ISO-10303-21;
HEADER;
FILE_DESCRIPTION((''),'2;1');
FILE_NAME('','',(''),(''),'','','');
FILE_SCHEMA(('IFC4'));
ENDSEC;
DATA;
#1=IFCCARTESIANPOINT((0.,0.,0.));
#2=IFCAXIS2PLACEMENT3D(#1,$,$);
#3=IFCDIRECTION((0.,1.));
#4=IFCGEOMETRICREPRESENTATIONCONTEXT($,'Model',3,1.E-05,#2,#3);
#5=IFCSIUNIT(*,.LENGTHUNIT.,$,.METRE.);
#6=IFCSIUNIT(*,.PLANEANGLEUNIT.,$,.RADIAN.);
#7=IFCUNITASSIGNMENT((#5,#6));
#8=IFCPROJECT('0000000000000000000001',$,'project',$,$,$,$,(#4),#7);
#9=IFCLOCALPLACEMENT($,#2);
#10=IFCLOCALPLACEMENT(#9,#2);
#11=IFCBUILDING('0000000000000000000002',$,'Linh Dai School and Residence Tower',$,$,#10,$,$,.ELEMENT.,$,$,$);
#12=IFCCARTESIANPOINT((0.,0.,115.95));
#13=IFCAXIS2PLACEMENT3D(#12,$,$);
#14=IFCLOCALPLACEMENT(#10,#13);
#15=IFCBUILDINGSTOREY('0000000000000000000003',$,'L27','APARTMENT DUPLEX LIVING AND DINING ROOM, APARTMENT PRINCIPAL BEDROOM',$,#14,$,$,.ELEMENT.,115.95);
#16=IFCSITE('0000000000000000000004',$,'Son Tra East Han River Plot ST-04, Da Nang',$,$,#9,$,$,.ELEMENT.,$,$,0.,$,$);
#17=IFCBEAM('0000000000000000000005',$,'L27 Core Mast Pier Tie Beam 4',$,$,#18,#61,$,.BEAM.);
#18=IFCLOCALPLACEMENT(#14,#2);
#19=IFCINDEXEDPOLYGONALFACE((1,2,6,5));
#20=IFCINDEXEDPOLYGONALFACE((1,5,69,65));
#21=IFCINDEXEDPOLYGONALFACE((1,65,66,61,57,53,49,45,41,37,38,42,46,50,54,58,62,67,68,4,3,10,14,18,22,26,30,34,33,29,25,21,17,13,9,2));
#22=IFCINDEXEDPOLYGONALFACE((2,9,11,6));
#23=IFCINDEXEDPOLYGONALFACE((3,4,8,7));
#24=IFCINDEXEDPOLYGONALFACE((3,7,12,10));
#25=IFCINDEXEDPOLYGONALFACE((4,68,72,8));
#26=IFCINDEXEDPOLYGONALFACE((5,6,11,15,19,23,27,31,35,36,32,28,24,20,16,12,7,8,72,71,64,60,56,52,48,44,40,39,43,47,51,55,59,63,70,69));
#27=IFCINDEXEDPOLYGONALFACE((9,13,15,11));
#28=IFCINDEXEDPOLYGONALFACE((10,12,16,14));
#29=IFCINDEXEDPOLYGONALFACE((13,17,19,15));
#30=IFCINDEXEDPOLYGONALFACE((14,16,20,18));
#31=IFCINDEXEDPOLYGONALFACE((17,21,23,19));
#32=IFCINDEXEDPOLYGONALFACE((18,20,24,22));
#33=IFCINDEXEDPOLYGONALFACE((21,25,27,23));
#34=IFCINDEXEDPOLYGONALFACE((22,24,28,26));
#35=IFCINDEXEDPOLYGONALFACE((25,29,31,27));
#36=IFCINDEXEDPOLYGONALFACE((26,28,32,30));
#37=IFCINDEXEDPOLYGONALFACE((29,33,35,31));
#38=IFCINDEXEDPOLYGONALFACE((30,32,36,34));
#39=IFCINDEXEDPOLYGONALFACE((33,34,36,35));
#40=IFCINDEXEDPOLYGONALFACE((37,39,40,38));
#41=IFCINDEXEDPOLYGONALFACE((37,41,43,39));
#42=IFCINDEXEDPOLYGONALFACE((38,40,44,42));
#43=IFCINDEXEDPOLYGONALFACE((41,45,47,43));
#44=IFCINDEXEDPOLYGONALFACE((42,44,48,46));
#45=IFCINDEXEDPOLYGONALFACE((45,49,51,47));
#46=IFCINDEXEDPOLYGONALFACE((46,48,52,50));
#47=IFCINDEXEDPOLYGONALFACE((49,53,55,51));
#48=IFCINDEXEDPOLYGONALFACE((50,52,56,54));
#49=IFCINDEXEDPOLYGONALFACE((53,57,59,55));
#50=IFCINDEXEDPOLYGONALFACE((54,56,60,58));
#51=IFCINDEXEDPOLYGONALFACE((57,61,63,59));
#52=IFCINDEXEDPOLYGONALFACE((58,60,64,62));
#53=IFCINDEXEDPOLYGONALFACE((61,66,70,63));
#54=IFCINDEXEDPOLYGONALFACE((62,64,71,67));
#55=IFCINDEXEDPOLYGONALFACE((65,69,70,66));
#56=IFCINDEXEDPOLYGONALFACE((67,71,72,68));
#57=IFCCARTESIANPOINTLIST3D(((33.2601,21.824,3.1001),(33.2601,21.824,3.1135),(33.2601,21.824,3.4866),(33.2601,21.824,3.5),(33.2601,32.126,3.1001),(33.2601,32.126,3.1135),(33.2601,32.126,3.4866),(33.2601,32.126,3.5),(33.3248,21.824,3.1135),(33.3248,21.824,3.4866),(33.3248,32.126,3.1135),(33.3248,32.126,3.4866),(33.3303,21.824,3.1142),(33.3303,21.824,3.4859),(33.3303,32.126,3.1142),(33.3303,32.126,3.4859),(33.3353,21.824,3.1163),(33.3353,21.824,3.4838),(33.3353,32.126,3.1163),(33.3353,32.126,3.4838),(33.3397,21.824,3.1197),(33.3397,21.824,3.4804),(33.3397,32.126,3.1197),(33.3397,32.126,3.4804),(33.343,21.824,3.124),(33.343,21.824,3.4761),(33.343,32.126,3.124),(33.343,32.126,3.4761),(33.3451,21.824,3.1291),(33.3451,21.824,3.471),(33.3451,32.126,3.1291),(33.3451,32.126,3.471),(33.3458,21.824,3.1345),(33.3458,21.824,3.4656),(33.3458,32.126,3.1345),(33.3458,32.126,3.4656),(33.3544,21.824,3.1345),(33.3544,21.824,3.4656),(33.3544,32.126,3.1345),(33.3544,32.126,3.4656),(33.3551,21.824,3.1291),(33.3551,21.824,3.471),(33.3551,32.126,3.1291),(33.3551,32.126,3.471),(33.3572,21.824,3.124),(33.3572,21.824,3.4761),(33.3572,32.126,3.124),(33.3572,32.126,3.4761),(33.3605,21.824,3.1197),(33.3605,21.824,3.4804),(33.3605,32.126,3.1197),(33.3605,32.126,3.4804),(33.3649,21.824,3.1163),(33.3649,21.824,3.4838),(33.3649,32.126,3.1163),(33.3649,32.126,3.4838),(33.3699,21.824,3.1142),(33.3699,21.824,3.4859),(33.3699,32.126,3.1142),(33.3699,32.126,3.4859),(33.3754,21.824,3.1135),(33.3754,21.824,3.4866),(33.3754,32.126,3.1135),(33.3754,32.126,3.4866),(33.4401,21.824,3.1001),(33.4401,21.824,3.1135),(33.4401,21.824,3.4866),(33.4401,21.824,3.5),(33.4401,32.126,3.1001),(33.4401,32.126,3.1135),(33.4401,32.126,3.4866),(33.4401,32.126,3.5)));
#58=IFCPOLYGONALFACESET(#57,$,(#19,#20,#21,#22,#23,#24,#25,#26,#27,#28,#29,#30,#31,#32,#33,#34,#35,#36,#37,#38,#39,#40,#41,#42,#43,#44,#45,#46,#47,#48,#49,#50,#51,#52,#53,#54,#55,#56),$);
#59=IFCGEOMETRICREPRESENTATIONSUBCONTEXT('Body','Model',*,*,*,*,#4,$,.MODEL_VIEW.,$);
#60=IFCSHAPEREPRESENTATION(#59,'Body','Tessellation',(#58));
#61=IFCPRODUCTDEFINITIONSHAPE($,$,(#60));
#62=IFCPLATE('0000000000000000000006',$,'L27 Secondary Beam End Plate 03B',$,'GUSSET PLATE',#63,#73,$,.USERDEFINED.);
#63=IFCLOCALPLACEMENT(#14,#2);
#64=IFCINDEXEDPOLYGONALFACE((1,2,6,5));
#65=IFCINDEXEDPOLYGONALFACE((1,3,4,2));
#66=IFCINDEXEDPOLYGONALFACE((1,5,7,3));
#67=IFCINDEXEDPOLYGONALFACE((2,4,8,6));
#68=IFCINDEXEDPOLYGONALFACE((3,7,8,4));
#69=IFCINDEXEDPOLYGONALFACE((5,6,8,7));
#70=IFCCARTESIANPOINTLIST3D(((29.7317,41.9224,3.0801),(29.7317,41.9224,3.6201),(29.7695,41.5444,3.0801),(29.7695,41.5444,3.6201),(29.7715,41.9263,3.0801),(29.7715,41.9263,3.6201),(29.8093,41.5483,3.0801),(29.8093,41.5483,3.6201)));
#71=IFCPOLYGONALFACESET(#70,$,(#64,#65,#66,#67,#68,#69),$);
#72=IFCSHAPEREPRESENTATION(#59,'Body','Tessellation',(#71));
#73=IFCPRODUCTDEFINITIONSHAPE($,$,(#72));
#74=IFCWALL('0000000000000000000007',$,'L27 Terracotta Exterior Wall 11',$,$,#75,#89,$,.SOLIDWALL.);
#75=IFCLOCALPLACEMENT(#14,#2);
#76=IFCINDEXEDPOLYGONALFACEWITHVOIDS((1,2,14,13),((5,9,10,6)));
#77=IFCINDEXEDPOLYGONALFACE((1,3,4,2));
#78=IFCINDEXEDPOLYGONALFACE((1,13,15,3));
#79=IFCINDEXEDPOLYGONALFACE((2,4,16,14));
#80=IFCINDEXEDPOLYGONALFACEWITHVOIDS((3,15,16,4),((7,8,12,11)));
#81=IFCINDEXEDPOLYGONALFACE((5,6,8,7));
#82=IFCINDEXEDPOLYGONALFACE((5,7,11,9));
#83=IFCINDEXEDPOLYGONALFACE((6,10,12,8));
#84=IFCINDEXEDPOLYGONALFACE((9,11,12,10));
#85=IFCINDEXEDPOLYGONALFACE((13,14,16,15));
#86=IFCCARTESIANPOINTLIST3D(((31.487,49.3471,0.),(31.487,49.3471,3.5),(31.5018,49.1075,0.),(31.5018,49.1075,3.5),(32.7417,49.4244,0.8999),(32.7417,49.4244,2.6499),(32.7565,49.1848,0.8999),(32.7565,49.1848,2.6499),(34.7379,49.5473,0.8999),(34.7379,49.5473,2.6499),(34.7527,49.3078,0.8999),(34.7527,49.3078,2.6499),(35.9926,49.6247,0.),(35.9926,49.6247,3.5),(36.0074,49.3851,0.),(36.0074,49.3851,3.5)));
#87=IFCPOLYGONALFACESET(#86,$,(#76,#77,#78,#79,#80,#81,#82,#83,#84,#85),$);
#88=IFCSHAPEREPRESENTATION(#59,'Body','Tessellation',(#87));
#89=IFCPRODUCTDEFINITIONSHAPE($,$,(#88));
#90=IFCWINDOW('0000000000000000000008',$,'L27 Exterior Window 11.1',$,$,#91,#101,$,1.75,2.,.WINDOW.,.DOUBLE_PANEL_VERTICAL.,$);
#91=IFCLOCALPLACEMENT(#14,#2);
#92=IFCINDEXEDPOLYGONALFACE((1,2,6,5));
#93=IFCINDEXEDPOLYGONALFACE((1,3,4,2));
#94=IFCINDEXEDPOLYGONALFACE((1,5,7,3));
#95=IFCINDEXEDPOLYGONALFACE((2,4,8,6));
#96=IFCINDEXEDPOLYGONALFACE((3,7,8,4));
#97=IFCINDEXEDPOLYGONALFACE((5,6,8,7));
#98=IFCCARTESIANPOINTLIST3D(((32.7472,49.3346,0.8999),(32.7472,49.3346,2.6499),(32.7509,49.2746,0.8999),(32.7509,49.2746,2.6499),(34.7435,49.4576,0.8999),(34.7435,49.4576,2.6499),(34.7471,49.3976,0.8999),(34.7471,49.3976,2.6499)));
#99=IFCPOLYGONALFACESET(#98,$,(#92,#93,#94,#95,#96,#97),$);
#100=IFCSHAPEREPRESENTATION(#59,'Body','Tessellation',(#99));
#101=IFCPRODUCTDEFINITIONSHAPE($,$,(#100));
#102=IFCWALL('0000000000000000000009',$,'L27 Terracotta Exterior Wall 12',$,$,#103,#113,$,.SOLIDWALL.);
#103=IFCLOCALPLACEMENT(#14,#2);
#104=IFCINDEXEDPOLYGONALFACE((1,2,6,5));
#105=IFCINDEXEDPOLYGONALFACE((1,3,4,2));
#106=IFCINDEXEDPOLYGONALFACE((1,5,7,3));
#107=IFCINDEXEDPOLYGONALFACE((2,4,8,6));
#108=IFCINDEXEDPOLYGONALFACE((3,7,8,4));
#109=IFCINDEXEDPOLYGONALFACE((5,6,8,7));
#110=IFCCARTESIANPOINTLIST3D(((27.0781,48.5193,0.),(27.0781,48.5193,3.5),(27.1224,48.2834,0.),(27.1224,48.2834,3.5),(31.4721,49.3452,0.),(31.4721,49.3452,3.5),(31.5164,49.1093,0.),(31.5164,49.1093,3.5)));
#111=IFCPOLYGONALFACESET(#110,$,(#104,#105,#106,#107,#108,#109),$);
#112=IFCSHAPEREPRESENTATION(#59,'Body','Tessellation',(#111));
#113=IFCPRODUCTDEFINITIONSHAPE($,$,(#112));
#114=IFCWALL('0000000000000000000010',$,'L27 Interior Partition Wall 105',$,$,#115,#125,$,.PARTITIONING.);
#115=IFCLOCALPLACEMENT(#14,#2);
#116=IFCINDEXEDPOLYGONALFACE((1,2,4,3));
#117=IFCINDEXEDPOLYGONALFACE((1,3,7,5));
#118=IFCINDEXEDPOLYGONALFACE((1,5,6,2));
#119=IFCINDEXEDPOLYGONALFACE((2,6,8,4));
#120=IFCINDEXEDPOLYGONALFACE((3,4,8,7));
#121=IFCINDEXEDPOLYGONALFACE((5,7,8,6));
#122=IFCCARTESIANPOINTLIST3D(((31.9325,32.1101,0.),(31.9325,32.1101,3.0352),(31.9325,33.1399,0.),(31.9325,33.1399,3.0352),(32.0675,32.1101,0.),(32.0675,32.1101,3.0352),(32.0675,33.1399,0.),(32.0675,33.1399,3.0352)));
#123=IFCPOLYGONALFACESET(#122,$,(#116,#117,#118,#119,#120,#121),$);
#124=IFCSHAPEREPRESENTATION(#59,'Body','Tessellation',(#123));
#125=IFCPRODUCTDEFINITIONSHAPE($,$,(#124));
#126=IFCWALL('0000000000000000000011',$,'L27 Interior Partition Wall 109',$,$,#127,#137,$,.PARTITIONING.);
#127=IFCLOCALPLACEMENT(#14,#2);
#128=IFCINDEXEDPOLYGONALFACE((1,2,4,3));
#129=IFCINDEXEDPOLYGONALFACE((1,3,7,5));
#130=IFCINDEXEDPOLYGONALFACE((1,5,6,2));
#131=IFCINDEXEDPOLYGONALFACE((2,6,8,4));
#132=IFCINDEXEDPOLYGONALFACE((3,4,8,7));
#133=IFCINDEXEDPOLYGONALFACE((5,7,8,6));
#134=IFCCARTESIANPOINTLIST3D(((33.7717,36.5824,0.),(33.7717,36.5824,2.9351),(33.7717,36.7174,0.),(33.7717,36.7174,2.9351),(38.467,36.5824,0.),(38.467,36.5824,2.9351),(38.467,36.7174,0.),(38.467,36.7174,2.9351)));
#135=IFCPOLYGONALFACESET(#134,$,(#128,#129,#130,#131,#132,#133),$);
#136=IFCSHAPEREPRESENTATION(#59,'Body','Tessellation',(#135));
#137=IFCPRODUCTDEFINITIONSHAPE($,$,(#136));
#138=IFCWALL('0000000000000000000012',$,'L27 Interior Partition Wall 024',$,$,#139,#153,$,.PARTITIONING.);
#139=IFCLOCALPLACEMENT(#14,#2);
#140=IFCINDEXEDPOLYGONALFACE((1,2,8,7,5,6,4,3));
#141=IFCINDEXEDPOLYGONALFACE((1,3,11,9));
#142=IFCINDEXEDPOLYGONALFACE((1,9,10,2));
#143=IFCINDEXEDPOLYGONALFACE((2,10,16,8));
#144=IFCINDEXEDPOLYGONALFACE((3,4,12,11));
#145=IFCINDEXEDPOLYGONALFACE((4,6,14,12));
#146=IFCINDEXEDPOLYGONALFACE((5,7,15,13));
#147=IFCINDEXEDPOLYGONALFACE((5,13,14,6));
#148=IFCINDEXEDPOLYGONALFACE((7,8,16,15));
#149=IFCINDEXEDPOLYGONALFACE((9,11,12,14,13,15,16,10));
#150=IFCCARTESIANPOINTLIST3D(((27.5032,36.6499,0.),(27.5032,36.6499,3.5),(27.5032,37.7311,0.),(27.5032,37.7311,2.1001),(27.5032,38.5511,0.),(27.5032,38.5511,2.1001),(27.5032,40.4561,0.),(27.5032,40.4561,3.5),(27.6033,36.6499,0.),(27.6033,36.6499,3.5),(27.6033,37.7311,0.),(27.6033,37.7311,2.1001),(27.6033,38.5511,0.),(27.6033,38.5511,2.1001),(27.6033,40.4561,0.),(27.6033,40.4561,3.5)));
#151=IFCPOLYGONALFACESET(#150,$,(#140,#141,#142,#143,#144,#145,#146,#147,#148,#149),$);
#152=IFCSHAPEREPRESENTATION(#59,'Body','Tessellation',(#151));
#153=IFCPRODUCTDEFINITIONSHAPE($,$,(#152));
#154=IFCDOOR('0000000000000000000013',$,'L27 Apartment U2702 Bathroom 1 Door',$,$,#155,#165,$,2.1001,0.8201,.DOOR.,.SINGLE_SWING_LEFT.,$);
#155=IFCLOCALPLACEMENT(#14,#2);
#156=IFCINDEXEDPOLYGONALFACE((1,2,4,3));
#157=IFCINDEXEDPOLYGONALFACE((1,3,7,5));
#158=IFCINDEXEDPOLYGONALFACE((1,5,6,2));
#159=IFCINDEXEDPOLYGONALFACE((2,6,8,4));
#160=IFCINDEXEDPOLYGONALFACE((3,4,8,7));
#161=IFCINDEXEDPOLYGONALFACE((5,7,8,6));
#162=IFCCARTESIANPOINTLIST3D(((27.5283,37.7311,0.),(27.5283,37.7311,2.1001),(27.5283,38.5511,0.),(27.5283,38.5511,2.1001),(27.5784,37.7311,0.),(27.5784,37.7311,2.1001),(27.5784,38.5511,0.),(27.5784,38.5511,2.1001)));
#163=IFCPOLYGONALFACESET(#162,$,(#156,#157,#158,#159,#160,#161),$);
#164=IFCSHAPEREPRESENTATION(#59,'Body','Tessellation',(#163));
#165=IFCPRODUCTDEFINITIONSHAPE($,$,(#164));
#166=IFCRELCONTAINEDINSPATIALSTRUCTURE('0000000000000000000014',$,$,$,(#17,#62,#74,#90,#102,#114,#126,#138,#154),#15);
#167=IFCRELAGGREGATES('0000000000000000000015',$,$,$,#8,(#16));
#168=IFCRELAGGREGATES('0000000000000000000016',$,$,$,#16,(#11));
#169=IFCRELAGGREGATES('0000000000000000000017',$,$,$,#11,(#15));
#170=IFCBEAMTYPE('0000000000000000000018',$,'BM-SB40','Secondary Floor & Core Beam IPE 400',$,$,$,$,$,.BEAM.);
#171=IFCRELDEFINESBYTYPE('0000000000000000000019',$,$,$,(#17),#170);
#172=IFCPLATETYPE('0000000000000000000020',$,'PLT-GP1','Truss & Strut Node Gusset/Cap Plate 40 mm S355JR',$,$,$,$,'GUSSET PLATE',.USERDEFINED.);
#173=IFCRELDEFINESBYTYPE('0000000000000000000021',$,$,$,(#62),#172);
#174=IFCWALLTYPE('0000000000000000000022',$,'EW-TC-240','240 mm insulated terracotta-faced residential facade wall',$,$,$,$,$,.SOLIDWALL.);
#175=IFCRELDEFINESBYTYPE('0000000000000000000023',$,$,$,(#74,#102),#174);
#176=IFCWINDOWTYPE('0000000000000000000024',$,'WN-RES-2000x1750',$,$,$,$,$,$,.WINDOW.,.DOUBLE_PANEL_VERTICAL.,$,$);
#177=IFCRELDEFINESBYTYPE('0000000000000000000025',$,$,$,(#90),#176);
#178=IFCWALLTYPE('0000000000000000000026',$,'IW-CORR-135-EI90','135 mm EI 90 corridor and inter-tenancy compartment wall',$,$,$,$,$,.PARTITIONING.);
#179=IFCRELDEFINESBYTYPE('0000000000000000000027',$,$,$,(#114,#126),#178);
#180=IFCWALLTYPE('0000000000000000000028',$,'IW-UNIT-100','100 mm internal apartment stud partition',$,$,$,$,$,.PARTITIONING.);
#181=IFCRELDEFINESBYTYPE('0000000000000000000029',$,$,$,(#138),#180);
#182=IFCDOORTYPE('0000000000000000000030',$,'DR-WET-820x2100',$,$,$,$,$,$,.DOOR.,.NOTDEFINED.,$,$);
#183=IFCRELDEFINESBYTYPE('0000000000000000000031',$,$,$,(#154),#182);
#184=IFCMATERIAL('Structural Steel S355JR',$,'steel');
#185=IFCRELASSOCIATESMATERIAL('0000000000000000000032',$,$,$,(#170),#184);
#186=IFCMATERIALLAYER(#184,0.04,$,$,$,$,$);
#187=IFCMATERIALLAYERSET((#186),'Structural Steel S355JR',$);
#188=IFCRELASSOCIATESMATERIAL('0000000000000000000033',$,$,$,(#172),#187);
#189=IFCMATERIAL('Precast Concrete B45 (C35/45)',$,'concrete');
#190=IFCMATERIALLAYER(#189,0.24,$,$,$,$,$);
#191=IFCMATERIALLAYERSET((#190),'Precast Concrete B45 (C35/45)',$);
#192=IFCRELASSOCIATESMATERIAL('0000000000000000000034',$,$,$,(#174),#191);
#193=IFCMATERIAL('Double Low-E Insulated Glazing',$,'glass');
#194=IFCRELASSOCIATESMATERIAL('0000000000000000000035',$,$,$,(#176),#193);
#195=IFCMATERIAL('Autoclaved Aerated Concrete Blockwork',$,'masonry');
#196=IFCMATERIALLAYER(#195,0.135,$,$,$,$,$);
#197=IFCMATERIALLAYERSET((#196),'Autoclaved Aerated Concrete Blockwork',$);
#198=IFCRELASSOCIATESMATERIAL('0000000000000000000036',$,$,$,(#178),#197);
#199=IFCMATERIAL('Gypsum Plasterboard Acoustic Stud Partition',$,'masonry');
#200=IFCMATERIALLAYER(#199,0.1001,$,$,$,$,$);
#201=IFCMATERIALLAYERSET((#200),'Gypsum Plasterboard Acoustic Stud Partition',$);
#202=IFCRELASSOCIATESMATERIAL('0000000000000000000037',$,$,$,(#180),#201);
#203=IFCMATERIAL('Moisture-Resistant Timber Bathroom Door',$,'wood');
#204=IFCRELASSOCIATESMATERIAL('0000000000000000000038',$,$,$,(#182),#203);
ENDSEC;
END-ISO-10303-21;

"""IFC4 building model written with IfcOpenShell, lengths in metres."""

from ifc_helpers import new_model, si_unit, direction, frame, frame_2d, origin, origin_2d, place, context, subcontext, project, spatial, rectangle, i_section, extrude, source, transform, mapped, material, layer, layer_set, material_profile, profile_set, type_object, element, fill, save


model = new_model("IFC4")

# Units and contexts
model_context = context("Model", 3, precision=1e-05, world=origin(), true_north=direction((0.0, 1.0)))
body_context = subcontext(model_context, "Body", "Model", "MODEL_VIEW")
ifc_project = project(units=[si_unit("LENGTHUNIT", "METRE"), si_unit("PLANEANGLEUNIT", "RADIAN")], contexts=[model_context])

# Site, building, storey
site_placement = place(None, origin())
site = spatial("IfcSite", under=ifc_project, at=site_placement, Name="Son Tra East Han River Plot ST-04, Da Nang", CompositionType="ELEMENT", RefElevation=0.0)
building_placement = place(site_placement, origin())
building = spatial("IfcBuilding", under=site, at=building_placement, Name="Linh Dai School and Residence Tower", CompositionType="ELEMENT")
storey_placement = place(building_placement, frame((0.0, 0.0, 115.95)))
storey = spatial("IfcBuildingStorey", under=building, at=storey_placement, Name="L27", Description="APARTMENT DUPLEX LIVING AND DINING ROOM, APARTMENT PRINCIPAL BEDROOM", CompositionType="ELEMENT", Elevation=115.95)

# Shared definitions
ifc_material_1 = material(Name="Structural Steel S355JR", Category="steel")

# Beam
ifc_material_profile_1 = material_profile(ifc_material_1, i_section(OverallWidth=0.1799, OverallDepth=0.3999, WebThickness=0.0085, FlangeThickness=0.0134, FilletRadius=0.021, at=origin_2d()), Name="IPE 400")
ifc_profile_set_1 = profile_set([ifc_material_profile_1], Name="Structural Steel S355JR")
beam_type_1 = type_object("IfcBeamType", Name="BM-SB40", Description="Secondary Floor & Core Beam IPE 400", PredefinedType="BEAM", material=ifc_profile_set_1)
beam_1_placement = place(storey_placement, frame((33.3501, 32.126, 3.3), z_axis=(0.0, -1.0, 0.0), x_axis=(1.0, 0.0, 0.0)))
element("IfcBeam", 1, at=beam_1_placement, inside=storey, type_object=beam_type_1, Name="L27 Core Mast Pier Tie Beam 4", PredefinedType="BEAM", context=body_context, shape_type="SweptSolid", body=[
    extrude(i_section(OverallWidth=0.1799, OverallDepth=0.3999, WebThickness=0.0085, FlangeThickness=0.0134, FilletRadius=0.021, at=origin_2d()), origin(), (0.0, 0.0, 1.0), 10.302),
])

# Plate
ifc_layer_1 = layer(ifc_material_1, 0.04)
ifc_layer_set_1 = layer_set([ifc_layer_1], Name="Structural Steel S355JR")
plate_type = type_object("IfcPlateType", Name="PLT-GP1", Description="Truss & Strut Node Gusset/Cap Plate 40 mm S355JR", ElementType="GUSSET PLATE", PredefinedType="USERDEFINED", material=ifc_layer_set_1)
shared_shape_1 = source(origin(), body_context, "Body", "SweptSolid", [
    extrude(rectangle(XDim=0.04, YDim=0.3799, at=origin_2d()), origin(), (0.0, 0.0, 1.0), 0.54),
])
plate_placement = place(storey_placement, frame((29.7705, 41.7354, 3.0801), z_axis=(0.0, 0.0, 1.0), x_axis=(-0.995042, -0.099458, 0.0)))
element("IfcPlate", 2, at=plate_placement, inside=storey, type_object=plate_type, Name="L27 Secondary Beam End Plate 03B", ObjectType="GUSSET PLATE", PredefinedType="USERDEFINED", context=body_context, shape_type="MappedRepresentation", body=[
    mapped(shared_shape_1, transform((0.0, 0.0, 0.0), x_axis=(1.0, 0.0, 0.0), y_axis=(0.0, 1.0, 0.0), z_axis=(0.0, 0.0, 1.0), scale=1.0)),
])

# Wall, opening, window
ifc_material_2 = material(Name="Precast Concrete B45 (C35/45)", Category="concrete")
ifc_layer_2 = layer(ifc_material_2, 0.24)
ifc_layer_set_2 = layer_set([ifc_layer_2], Name="Precast Concrete B45 (C35/45)")
wall_type_1 = type_object("IfcWallType", Name="EW-TC-240", Description="240 mm insulated terracotta-faced residential facade wall", PredefinedType="SOLIDWALL", material=ifc_layer_set_2)
wall_1_placement = place(storey_placement, frame((31.4944, 49.2273, 0.0), z_axis=(0.0, 0.0, 1.0), x_axis=(0.998108, 0.061493, 0.0)))
wall_1 = element("IfcWall", 3, at=wall_1_placement, inside=storey, type_object=wall_type_1, Name="L27 Terracotta Exterior Wall 11", PredefinedType="SOLIDWALL", context=body_context, shape_type="SweptSolid", body=[
    extrude(rectangle(XDim=4.5142, YDim=0.24, at=frame_2d((2.2571, 0.0))), origin(), (0.0, 0.0, 1.0), 3.5),
])
opening_1_placement = place(wall_1_placement, frame((1.2571, 0.0, 0.8999)))
opening_1 = element("IfcOpeningElement", 4, at=opening_1_placement, cuts=wall_1, PredefinedType="OPENING", context=body_context, shape_type="SweptSolid", body=[
    extrude(rectangle(XDim=2.0, YDim=1.75, at=origin_2d()), frame((1.0, 0.1299, 0.875), z_axis=(0.0, -1.0, 0.0), x_axis=(1.0, 0.0, 0.0)), (0.0, 0.0, 1.0), 0.26),
])
ifc_material_3 = material(Name="Double Low-E Insulated Glazing", Category="glass")
window_type = type_object("IfcWindowType", Name="WN-RES-2000x1750", PartitioningType="DOUBLE_PANEL_VERTICAL", PredefinedType="WINDOW", material=ifc_material_3)
shared_shape_2 = source(origin(), body_context, "Body", "SweptSolid", [
    extrude(rectangle(XDim=2.0, YDim=1.75, at=origin_2d()), frame((1.0, 0.03, 0.875), z_axis=(0.0, -1.0, 0.0), x_axis=(1.0, 0.0, 0.0)), (0.0, 0.0, 1.0), 0.0601),
])
window_placement = place(opening_1_placement, origin())
window = element("IfcWindow", 5, at=window_placement, inside=storey, type_object=window_type, Name="L27 Exterior Window 11.1", OverallHeight=1.75, OverallWidth=2.0, PartitioningType="DOUBLE_PANEL_VERTICAL", PredefinedType="WINDOW", context=body_context, shape_type="MappedRepresentation", body=[
    mapped(shared_shape_2, transform((0.0, 0.0, 0.0), x_axis=(1.0, 0.0, 0.0), y_axis=(0.0, 1.0, 0.0), z_axis=(0.0, 0.0, 1.0), scale=1.0)),
])
fill(opening_1, window)

# Walls
wall_2_placement = place(storey_placement, frame((27.1003, 48.4014, 0.0), z_axis=(0.0, 0.0, 1.0), x_axis=(0.982789, 0.18473, 0.0)))
element("IfcWall", 6, at=wall_2_placement, inside=storey, type_object=wall_type_1, Name="L27 Terracotta Exterior Wall 12", PredefinedType="SOLIDWALL", context=body_context, shape_type="SweptSolid", body=[
    extrude(rectangle(XDim=4.4709, YDim=0.24, at=frame_2d((2.2354, 0.0))), origin(), (0.0, 0.0, 1.0), 3.5),
])
ifc_material_4 = material(Name="Autoclaved Aerated Concrete Blockwork", Category="masonry")
ifc_layer_3 = layer(ifc_material_4, 0.135)
ifc_layer_set_3 = layer_set([ifc_layer_3], Name="Autoclaved Aerated Concrete Blockwork")
wall_type_2 = type_object("IfcWallType", Name="IW-CORR-135-EI90", Description="135 mm EI 90 corridor and inter-tenancy compartment wall", PredefinedType="PARTITIONING", material=ifc_layer_set_3)
wall_3_placement = place(storey_placement, frame((32.0, 33.1399, 0.0), z_axis=(0.0, 0.0, 1.0), x_axis=(0.0, -1.0, 0.0)))
element("IfcWall", 7, at=wall_3_placement, inside=storey, type_object=wall_type_2, Name="L27 Interior Partition Wall 105", PredefinedType="PARTITIONING", context=body_context, shape_type="SweptSolid", body=[
    extrude(rectangle(XDim=1.0298, YDim=0.135, at=frame_2d((0.5149, 0.0))), origin(), (0.0, 0.0, 1.0), 3.0352),
])
wall_4_placement = place(storey_placement, frame((33.7717, 36.6499, 0.0), z_axis=(0.0, 0.0, 1.0), x_axis=(1.0, 0.0, 0.0)))
element("IfcWall", 8, at=wall_4_placement, inside=storey, type_object=wall_type_2, Name="L27 Interior Partition Wall 109", PredefinedType="PARTITIONING", context=body_context, shape_type="SweptSolid", body=[
    extrude(rectangle(XDim=4.6953, YDim=0.135, at=frame_2d((2.3477, 0.0))), origin(), (0.0, 0.0, 1.0), 2.9351),
])

# Wall, opening, door
ifc_material_5 = material(Name="Gypsum Plasterboard Acoustic Stud Partition", Category="masonry")
ifc_layer_4 = layer(ifc_material_5, 0.1001)
ifc_layer_set_4 = layer_set([ifc_layer_4], Name="Gypsum Plasterboard Acoustic Stud Partition")
wall_type_3 = type_object("IfcWallType", Name="IW-UNIT-100", Description="100 mm internal apartment stud partition", PredefinedType="PARTITIONING", material=ifc_layer_set_4)
wall_5_placement = place(storey_placement, frame((27.5532, 36.6499, 0.0), z_axis=(0.0, 0.0, 1.0), x_axis=(0.0, 1.0, 0.0)))
wall_5 = element("IfcWall", 9, at=wall_5_placement, inside=storey, type_object=wall_type_3, Name="L27 Interior Partition Wall 024", PredefinedType="PARTITIONING", context=body_context, shape_type="SweptSolid", body=[
    extrude(rectangle(XDim=3.8062, YDim=0.1001, at=frame_2d((1.9031, 0.0))), origin(), (0.0, 0.0, 1.0), 3.5),
])
opening_2_placement = place(wall_5_placement, frame((1.0811, 0.0, 0.0)))
opening_2 = element("IfcOpeningElement", 10, at=opening_2_placement, cuts=wall_5, PredefinedType="OPENING", context=body_context, shape_type="SweptSolid", body=[
    extrude(rectangle(XDim=0.8201, YDim=2.1001, at=origin_2d()), frame((0.4102, 0.0601, 1.05), z_axis=(0.0, -1.0, 0.0), x_axis=(1.0, 0.0, 0.0)), (0.0, 0.0, 1.0), 0.1201),
])
ifc_material_6 = material(Name="Moisture-Resistant Timber Bathroom Door", Category="wood")
door_type_1 = type_object("IfcDoorType", Name="DR-WET-820x2100", OperationType="NOTDEFINED", PredefinedType="DOOR", material=ifc_material_6)
shared_shape_3 = source(origin(), body_context, "Body", "SweptSolid", [
    extrude(rectangle(XDim=0.8201, YDim=2.1001, at=origin_2d()), frame((0.4102, 0.0249, 1.05), z_axis=(0.0, -1.0, 0.0), x_axis=(1.0, 0.0, 0.0)), (0.0, 0.0, 1.0), 0.05),
])
door_1_placement = place(opening_2_placement, origin())
door_1 = element("IfcDoor", 11, at=door_1_placement, inside=storey, type_object=door_type_1, Name="L27 Apartment U2702 Bathroom 1 Door", OperationType="SINGLE_SWING_LEFT", OverallHeight=2.1001, OverallWidth=0.8201, PredefinedType="DOOR", context=body_context, shape_type="MappedRepresentation", body=[
    mapped(shared_shape_3, transform((0.0, 0.0, 0.0), x_axis=(1.0, 0.0, 0.0), y_axis=(0.0, 1.0, 0.0), z_axis=(0.0, 0.0, 1.0), scale=1.0)),
])
fill(opening_2, door_1)

save(model, "model.ifc")
